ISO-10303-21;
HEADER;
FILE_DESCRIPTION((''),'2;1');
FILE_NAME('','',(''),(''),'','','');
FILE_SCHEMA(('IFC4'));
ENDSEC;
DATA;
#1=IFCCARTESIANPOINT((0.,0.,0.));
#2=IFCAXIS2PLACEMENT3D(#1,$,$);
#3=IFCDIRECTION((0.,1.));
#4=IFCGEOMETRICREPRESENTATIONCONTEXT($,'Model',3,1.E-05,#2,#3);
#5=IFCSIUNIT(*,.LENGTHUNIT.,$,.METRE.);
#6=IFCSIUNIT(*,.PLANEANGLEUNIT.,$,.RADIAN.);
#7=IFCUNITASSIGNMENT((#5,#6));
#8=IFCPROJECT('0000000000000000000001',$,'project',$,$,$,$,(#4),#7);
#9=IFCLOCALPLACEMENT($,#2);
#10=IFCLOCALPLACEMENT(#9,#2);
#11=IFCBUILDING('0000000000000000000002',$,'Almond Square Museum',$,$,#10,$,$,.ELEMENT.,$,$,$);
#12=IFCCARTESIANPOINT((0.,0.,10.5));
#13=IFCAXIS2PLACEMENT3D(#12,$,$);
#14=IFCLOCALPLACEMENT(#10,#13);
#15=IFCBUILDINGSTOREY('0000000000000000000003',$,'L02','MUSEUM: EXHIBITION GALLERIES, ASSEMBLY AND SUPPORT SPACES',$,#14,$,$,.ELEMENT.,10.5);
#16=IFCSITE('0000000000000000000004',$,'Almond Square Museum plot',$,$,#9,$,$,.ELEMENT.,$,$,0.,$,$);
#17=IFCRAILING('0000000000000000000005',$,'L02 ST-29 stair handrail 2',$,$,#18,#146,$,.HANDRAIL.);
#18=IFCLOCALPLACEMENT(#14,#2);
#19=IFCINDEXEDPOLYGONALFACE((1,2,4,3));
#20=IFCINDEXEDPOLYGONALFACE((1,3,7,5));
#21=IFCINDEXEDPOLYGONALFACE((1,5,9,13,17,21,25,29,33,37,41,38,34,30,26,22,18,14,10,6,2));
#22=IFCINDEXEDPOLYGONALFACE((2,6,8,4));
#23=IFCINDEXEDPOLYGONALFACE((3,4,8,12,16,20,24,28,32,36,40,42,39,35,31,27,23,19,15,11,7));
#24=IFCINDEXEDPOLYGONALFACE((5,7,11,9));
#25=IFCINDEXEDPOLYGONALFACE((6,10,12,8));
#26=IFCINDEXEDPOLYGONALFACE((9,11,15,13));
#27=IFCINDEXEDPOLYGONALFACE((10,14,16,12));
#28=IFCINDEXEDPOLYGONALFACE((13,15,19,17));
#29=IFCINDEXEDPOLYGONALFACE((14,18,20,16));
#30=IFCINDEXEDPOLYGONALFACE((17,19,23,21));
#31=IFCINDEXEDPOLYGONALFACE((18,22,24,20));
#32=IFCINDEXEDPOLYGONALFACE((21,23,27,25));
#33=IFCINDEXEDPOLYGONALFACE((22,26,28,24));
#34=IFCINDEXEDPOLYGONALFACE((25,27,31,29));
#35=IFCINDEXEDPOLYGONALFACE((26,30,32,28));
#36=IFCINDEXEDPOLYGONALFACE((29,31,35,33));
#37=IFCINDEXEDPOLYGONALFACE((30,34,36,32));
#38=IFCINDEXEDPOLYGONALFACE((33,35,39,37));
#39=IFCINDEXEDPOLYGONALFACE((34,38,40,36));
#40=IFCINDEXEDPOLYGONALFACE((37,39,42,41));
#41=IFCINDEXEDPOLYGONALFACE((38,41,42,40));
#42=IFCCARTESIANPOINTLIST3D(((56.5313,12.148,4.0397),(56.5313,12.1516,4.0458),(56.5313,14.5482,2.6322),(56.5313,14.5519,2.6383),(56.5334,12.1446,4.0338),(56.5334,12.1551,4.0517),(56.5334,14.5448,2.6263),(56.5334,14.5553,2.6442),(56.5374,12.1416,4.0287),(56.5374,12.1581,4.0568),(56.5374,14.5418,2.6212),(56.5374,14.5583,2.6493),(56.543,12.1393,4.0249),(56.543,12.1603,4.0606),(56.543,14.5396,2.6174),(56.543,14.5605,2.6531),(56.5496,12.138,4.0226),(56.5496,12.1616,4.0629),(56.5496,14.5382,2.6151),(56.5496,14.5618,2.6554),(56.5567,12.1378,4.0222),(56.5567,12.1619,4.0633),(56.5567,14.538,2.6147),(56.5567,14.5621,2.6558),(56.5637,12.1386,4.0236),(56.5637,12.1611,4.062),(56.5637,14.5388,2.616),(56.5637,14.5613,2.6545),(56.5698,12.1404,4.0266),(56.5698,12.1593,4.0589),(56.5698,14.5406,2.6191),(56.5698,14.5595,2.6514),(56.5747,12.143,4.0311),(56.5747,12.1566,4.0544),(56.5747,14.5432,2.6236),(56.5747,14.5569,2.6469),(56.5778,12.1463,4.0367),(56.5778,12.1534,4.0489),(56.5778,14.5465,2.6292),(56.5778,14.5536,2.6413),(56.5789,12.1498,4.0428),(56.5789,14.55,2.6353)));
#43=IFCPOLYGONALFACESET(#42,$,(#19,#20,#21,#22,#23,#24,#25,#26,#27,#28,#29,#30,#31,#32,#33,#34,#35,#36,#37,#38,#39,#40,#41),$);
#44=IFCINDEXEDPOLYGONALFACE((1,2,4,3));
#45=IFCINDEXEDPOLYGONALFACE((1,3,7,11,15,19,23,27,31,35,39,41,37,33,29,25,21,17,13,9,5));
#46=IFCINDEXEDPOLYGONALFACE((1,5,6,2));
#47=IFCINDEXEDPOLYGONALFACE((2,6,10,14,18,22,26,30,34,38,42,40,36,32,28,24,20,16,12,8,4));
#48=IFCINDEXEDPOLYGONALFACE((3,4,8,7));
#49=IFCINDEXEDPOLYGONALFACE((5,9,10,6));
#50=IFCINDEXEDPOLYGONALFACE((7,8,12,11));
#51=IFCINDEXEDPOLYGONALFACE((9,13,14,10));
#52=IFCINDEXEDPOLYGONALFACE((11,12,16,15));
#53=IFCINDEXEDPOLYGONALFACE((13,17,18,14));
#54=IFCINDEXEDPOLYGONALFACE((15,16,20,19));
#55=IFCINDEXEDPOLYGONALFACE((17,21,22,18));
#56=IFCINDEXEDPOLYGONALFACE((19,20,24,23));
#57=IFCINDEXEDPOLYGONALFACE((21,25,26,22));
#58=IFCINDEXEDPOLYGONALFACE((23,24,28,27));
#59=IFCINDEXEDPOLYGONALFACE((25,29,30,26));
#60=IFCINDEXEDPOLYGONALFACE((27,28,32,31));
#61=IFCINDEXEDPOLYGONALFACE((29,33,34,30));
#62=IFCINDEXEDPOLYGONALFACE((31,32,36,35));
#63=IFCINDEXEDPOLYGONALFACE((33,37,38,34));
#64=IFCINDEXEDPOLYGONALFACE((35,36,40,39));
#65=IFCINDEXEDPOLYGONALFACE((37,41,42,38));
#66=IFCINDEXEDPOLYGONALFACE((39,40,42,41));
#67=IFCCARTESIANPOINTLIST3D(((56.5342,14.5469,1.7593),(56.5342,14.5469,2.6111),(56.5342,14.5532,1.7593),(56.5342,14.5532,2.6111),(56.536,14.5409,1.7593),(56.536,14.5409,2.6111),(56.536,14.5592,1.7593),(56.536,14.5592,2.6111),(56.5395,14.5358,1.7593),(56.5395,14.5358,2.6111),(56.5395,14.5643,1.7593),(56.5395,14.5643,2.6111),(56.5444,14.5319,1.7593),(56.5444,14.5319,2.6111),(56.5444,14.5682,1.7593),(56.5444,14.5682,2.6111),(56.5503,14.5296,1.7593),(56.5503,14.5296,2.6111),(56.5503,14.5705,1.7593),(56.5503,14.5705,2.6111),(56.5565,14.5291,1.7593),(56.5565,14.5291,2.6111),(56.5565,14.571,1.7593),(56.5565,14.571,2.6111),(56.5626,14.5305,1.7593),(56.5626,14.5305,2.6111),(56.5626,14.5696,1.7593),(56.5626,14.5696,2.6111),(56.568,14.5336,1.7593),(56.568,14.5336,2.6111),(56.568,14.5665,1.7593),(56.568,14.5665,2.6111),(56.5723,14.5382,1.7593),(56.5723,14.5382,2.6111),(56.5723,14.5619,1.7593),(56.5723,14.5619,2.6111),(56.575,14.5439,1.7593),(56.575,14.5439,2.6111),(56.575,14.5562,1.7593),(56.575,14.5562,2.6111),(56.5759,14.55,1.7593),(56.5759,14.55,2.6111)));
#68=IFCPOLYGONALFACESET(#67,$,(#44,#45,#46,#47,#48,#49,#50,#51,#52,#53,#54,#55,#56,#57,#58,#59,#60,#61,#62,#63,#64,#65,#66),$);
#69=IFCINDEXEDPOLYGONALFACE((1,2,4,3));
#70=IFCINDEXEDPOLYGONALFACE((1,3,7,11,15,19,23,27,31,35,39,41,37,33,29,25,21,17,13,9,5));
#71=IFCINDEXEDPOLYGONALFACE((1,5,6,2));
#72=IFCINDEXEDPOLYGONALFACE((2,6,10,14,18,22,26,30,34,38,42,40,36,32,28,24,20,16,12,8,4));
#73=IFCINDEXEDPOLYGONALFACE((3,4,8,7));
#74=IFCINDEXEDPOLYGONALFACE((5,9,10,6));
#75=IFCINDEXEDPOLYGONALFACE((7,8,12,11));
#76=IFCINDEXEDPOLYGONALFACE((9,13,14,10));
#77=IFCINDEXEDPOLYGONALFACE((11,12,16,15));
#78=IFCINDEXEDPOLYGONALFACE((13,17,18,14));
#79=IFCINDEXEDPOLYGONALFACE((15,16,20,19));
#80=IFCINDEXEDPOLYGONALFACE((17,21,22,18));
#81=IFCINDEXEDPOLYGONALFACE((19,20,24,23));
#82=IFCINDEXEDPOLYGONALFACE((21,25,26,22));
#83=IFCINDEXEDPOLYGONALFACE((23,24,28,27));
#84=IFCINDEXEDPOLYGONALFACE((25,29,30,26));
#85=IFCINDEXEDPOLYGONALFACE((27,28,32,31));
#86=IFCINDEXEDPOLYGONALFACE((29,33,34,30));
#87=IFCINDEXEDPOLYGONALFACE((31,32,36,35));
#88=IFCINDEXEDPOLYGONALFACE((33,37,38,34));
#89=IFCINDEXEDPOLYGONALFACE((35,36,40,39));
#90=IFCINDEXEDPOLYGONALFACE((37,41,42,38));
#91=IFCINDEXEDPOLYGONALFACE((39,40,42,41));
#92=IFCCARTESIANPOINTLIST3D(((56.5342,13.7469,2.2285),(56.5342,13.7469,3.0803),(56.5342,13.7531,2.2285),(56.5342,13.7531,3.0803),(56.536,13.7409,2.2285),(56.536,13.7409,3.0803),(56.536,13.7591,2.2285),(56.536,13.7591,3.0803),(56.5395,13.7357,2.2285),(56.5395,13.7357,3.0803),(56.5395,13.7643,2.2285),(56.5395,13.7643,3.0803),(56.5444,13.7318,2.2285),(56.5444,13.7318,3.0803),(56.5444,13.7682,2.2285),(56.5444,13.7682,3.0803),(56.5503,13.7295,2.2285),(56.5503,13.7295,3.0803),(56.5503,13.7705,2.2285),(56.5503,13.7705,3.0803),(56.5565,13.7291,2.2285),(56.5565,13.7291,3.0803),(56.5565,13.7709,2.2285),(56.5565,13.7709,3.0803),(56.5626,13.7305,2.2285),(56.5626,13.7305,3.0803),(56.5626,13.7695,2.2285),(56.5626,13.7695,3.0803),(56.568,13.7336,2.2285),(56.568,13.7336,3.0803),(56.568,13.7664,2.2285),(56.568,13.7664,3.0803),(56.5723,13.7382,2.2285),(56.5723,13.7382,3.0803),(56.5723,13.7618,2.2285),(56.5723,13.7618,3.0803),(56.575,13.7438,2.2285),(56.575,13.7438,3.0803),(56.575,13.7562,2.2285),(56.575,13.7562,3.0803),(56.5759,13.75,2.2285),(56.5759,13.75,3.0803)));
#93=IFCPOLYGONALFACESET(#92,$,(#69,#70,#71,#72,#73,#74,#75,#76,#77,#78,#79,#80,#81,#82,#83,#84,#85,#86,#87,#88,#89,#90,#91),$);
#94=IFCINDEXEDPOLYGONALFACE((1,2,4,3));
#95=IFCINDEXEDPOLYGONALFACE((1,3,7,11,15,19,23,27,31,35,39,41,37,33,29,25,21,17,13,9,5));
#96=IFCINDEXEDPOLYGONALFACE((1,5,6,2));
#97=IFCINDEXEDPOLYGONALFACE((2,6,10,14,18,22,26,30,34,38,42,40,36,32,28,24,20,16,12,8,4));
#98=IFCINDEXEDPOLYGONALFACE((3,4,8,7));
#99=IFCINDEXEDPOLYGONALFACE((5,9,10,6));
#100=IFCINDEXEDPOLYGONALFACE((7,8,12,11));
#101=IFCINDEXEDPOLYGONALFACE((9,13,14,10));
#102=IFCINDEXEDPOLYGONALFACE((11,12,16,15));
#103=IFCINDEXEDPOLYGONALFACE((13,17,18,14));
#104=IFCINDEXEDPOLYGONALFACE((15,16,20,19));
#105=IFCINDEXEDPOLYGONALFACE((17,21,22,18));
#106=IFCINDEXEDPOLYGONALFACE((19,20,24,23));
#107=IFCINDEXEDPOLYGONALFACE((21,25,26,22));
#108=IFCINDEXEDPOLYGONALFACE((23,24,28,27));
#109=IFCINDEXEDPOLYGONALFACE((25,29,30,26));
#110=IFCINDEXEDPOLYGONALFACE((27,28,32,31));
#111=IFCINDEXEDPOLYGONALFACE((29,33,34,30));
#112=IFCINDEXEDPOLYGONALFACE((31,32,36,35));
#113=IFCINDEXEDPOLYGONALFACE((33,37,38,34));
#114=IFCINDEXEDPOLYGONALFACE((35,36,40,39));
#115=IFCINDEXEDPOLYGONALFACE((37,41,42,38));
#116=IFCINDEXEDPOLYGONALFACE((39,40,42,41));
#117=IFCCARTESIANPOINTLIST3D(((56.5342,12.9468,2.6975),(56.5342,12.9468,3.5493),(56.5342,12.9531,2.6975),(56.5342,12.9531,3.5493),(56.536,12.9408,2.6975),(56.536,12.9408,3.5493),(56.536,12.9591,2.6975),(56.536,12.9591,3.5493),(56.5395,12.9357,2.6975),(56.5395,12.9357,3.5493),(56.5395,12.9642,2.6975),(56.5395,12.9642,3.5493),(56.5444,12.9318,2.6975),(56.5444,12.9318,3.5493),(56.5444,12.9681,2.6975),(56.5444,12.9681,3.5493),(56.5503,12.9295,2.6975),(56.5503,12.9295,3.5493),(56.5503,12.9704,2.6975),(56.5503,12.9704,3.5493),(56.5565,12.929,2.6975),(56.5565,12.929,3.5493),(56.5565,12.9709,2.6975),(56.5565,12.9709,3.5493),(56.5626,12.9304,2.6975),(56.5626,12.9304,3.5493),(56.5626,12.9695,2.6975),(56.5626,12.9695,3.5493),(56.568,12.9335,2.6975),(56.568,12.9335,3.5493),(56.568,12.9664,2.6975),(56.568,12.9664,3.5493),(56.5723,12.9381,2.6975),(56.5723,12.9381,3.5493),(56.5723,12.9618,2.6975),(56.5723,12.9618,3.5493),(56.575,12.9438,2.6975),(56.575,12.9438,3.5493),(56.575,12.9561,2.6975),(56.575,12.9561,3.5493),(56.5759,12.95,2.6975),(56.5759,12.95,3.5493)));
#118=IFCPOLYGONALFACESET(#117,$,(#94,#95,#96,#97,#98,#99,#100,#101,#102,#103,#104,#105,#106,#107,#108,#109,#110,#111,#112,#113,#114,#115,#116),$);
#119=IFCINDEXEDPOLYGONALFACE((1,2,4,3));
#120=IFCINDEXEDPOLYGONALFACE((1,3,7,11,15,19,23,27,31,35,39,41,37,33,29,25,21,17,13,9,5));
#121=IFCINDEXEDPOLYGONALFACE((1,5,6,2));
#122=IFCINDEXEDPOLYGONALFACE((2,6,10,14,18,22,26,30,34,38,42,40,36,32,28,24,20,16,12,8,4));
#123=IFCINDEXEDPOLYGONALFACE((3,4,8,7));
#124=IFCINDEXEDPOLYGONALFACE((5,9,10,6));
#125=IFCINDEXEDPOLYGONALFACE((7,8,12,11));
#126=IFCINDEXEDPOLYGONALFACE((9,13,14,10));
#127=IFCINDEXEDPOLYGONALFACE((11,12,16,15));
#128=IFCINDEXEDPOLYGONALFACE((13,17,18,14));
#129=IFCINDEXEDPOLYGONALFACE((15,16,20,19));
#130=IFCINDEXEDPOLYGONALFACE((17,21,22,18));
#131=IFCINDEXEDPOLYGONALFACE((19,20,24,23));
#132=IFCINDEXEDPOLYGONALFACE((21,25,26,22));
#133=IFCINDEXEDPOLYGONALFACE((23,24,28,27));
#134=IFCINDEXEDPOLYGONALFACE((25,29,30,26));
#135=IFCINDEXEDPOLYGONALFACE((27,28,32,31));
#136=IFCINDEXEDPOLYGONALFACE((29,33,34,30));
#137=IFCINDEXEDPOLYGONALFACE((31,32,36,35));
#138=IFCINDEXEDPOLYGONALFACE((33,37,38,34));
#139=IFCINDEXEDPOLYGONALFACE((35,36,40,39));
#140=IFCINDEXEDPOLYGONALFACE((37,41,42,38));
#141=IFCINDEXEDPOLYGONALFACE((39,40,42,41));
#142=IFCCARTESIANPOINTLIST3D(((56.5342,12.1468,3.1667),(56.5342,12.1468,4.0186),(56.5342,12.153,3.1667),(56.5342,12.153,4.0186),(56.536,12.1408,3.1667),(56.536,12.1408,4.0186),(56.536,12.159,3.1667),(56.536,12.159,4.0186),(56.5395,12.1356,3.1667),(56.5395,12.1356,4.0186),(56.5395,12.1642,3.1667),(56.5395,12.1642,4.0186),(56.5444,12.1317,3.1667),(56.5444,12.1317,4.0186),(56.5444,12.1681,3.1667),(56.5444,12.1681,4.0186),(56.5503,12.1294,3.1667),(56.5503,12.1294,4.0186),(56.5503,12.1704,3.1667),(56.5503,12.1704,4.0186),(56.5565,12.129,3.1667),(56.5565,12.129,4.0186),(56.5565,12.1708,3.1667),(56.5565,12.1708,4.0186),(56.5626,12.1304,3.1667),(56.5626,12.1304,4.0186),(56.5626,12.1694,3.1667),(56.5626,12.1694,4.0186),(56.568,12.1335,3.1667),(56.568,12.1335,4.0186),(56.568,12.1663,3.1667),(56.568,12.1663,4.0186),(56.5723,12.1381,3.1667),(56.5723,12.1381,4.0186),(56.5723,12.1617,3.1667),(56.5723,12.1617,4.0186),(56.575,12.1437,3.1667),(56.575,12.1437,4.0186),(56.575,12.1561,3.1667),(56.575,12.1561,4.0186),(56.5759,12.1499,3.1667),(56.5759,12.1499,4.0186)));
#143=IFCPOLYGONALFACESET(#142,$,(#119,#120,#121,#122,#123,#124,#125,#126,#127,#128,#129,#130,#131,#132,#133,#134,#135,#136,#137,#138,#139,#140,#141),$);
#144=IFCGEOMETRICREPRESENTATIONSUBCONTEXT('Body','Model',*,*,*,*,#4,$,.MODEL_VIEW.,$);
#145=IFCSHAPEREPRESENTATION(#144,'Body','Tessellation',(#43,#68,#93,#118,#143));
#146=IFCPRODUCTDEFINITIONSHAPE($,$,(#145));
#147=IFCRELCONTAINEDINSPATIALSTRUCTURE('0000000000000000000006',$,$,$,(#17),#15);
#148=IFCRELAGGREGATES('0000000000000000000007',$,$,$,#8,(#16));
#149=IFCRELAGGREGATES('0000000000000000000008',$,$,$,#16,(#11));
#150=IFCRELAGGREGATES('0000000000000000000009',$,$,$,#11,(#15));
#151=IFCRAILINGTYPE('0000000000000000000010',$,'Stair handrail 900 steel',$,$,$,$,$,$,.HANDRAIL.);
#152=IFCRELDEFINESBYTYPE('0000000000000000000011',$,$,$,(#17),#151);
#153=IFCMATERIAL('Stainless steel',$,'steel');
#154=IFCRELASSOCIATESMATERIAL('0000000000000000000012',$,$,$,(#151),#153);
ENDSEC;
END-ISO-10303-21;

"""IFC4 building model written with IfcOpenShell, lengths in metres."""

from ifc_helpers import new_model, si_unit, direction, frame, origin, origin_2d, place, context, subcontext, project, spatial, circle, extrude, material, type_object, element, save


model = new_model("IFC4")

# Units and contexts
model_context = context("Model", 3, precision=1e-05, world=origin(), true_north=direction((0.0, 1.0)))
body_context = subcontext(model_context, "Body", "Model", "MODEL_VIEW")
ifc_project = project(units=[si_unit("LENGTHUNIT", "METRE"), si_unit("PLANEANGLEUNIT", "RADIAN")], contexts=[model_context])

# Site, building, storey
site_placement = place(None, origin())
site = spatial("IfcSite", under=ifc_project, at=site_placement, Name="Almond Square Museum plot", CompositionType="ELEMENT", RefElevation=0.0)
building_placement = place(site_placement, origin())
building = spatial("IfcBuilding", under=site, at=building_placement, Name="Almond Square Museum", CompositionType="ELEMENT")
storey_placement = place(building_placement, frame((0.0, 0.0, 10.5)))
storey = spatial("IfcBuildingStorey", under=building, at=storey_placement, Name="L02", Description="MUSEUM: EXHIBITION GALLERIES, ASSEMBLY AND SUPPORT SPACES", CompositionType="ELEMENT", Elevation=10.5)

# Railing
ifc_material_1 = material(Name="Stainless steel", Category="steel")
railing_type = type_object("IfcRailingType", Name="Stair handrail 900 steel", PredefinedType="HANDRAIL", material=ifc_material_1)
railing_1_placement = place(storey_placement, frame((56.5549, 14.55, 1.7593)))
element("IfcRailing", 1, at=railing_1_placement, inside=storey, type_object=railing_type, Name="L02 ST-29 stair handrail 2", PredefinedType="HANDRAIL", context=body_context, shape_type="SweptSolid", body=[
    extrude(circle(Radius=0.0239, at=origin_2d()), frame((0.0, 0.0, 0.876), z_axis=(0.0, -0.862621, 0.50585), x_axis=(1.0, 0.0, 0.0)), (0.0, 0.0, 1.0), 2.7825),
    extrude(circle(Radius=0.021, at=origin_2d()), origin(), (0.0, 0.0, 1.0), 0.8518),
    extrude(circle(Radius=0.021, at=origin_2d()), frame((0.0, -0.8, 0.4692)), (0.0, 0.0, 1.0), 0.8518),
    extrude(circle(Radius=0.021, at=origin_2d()), frame((0.0, -1.6001, 0.9382)), (0.0, 0.0, 1.0), 0.8518),
    extrude(circle(Radius=0.021, at=origin_2d()), frame((0.0, -2.4001, 1.4075)), (0.0, 0.0, 1.0), 0.8518),
])

save(model, "model.ifc")
